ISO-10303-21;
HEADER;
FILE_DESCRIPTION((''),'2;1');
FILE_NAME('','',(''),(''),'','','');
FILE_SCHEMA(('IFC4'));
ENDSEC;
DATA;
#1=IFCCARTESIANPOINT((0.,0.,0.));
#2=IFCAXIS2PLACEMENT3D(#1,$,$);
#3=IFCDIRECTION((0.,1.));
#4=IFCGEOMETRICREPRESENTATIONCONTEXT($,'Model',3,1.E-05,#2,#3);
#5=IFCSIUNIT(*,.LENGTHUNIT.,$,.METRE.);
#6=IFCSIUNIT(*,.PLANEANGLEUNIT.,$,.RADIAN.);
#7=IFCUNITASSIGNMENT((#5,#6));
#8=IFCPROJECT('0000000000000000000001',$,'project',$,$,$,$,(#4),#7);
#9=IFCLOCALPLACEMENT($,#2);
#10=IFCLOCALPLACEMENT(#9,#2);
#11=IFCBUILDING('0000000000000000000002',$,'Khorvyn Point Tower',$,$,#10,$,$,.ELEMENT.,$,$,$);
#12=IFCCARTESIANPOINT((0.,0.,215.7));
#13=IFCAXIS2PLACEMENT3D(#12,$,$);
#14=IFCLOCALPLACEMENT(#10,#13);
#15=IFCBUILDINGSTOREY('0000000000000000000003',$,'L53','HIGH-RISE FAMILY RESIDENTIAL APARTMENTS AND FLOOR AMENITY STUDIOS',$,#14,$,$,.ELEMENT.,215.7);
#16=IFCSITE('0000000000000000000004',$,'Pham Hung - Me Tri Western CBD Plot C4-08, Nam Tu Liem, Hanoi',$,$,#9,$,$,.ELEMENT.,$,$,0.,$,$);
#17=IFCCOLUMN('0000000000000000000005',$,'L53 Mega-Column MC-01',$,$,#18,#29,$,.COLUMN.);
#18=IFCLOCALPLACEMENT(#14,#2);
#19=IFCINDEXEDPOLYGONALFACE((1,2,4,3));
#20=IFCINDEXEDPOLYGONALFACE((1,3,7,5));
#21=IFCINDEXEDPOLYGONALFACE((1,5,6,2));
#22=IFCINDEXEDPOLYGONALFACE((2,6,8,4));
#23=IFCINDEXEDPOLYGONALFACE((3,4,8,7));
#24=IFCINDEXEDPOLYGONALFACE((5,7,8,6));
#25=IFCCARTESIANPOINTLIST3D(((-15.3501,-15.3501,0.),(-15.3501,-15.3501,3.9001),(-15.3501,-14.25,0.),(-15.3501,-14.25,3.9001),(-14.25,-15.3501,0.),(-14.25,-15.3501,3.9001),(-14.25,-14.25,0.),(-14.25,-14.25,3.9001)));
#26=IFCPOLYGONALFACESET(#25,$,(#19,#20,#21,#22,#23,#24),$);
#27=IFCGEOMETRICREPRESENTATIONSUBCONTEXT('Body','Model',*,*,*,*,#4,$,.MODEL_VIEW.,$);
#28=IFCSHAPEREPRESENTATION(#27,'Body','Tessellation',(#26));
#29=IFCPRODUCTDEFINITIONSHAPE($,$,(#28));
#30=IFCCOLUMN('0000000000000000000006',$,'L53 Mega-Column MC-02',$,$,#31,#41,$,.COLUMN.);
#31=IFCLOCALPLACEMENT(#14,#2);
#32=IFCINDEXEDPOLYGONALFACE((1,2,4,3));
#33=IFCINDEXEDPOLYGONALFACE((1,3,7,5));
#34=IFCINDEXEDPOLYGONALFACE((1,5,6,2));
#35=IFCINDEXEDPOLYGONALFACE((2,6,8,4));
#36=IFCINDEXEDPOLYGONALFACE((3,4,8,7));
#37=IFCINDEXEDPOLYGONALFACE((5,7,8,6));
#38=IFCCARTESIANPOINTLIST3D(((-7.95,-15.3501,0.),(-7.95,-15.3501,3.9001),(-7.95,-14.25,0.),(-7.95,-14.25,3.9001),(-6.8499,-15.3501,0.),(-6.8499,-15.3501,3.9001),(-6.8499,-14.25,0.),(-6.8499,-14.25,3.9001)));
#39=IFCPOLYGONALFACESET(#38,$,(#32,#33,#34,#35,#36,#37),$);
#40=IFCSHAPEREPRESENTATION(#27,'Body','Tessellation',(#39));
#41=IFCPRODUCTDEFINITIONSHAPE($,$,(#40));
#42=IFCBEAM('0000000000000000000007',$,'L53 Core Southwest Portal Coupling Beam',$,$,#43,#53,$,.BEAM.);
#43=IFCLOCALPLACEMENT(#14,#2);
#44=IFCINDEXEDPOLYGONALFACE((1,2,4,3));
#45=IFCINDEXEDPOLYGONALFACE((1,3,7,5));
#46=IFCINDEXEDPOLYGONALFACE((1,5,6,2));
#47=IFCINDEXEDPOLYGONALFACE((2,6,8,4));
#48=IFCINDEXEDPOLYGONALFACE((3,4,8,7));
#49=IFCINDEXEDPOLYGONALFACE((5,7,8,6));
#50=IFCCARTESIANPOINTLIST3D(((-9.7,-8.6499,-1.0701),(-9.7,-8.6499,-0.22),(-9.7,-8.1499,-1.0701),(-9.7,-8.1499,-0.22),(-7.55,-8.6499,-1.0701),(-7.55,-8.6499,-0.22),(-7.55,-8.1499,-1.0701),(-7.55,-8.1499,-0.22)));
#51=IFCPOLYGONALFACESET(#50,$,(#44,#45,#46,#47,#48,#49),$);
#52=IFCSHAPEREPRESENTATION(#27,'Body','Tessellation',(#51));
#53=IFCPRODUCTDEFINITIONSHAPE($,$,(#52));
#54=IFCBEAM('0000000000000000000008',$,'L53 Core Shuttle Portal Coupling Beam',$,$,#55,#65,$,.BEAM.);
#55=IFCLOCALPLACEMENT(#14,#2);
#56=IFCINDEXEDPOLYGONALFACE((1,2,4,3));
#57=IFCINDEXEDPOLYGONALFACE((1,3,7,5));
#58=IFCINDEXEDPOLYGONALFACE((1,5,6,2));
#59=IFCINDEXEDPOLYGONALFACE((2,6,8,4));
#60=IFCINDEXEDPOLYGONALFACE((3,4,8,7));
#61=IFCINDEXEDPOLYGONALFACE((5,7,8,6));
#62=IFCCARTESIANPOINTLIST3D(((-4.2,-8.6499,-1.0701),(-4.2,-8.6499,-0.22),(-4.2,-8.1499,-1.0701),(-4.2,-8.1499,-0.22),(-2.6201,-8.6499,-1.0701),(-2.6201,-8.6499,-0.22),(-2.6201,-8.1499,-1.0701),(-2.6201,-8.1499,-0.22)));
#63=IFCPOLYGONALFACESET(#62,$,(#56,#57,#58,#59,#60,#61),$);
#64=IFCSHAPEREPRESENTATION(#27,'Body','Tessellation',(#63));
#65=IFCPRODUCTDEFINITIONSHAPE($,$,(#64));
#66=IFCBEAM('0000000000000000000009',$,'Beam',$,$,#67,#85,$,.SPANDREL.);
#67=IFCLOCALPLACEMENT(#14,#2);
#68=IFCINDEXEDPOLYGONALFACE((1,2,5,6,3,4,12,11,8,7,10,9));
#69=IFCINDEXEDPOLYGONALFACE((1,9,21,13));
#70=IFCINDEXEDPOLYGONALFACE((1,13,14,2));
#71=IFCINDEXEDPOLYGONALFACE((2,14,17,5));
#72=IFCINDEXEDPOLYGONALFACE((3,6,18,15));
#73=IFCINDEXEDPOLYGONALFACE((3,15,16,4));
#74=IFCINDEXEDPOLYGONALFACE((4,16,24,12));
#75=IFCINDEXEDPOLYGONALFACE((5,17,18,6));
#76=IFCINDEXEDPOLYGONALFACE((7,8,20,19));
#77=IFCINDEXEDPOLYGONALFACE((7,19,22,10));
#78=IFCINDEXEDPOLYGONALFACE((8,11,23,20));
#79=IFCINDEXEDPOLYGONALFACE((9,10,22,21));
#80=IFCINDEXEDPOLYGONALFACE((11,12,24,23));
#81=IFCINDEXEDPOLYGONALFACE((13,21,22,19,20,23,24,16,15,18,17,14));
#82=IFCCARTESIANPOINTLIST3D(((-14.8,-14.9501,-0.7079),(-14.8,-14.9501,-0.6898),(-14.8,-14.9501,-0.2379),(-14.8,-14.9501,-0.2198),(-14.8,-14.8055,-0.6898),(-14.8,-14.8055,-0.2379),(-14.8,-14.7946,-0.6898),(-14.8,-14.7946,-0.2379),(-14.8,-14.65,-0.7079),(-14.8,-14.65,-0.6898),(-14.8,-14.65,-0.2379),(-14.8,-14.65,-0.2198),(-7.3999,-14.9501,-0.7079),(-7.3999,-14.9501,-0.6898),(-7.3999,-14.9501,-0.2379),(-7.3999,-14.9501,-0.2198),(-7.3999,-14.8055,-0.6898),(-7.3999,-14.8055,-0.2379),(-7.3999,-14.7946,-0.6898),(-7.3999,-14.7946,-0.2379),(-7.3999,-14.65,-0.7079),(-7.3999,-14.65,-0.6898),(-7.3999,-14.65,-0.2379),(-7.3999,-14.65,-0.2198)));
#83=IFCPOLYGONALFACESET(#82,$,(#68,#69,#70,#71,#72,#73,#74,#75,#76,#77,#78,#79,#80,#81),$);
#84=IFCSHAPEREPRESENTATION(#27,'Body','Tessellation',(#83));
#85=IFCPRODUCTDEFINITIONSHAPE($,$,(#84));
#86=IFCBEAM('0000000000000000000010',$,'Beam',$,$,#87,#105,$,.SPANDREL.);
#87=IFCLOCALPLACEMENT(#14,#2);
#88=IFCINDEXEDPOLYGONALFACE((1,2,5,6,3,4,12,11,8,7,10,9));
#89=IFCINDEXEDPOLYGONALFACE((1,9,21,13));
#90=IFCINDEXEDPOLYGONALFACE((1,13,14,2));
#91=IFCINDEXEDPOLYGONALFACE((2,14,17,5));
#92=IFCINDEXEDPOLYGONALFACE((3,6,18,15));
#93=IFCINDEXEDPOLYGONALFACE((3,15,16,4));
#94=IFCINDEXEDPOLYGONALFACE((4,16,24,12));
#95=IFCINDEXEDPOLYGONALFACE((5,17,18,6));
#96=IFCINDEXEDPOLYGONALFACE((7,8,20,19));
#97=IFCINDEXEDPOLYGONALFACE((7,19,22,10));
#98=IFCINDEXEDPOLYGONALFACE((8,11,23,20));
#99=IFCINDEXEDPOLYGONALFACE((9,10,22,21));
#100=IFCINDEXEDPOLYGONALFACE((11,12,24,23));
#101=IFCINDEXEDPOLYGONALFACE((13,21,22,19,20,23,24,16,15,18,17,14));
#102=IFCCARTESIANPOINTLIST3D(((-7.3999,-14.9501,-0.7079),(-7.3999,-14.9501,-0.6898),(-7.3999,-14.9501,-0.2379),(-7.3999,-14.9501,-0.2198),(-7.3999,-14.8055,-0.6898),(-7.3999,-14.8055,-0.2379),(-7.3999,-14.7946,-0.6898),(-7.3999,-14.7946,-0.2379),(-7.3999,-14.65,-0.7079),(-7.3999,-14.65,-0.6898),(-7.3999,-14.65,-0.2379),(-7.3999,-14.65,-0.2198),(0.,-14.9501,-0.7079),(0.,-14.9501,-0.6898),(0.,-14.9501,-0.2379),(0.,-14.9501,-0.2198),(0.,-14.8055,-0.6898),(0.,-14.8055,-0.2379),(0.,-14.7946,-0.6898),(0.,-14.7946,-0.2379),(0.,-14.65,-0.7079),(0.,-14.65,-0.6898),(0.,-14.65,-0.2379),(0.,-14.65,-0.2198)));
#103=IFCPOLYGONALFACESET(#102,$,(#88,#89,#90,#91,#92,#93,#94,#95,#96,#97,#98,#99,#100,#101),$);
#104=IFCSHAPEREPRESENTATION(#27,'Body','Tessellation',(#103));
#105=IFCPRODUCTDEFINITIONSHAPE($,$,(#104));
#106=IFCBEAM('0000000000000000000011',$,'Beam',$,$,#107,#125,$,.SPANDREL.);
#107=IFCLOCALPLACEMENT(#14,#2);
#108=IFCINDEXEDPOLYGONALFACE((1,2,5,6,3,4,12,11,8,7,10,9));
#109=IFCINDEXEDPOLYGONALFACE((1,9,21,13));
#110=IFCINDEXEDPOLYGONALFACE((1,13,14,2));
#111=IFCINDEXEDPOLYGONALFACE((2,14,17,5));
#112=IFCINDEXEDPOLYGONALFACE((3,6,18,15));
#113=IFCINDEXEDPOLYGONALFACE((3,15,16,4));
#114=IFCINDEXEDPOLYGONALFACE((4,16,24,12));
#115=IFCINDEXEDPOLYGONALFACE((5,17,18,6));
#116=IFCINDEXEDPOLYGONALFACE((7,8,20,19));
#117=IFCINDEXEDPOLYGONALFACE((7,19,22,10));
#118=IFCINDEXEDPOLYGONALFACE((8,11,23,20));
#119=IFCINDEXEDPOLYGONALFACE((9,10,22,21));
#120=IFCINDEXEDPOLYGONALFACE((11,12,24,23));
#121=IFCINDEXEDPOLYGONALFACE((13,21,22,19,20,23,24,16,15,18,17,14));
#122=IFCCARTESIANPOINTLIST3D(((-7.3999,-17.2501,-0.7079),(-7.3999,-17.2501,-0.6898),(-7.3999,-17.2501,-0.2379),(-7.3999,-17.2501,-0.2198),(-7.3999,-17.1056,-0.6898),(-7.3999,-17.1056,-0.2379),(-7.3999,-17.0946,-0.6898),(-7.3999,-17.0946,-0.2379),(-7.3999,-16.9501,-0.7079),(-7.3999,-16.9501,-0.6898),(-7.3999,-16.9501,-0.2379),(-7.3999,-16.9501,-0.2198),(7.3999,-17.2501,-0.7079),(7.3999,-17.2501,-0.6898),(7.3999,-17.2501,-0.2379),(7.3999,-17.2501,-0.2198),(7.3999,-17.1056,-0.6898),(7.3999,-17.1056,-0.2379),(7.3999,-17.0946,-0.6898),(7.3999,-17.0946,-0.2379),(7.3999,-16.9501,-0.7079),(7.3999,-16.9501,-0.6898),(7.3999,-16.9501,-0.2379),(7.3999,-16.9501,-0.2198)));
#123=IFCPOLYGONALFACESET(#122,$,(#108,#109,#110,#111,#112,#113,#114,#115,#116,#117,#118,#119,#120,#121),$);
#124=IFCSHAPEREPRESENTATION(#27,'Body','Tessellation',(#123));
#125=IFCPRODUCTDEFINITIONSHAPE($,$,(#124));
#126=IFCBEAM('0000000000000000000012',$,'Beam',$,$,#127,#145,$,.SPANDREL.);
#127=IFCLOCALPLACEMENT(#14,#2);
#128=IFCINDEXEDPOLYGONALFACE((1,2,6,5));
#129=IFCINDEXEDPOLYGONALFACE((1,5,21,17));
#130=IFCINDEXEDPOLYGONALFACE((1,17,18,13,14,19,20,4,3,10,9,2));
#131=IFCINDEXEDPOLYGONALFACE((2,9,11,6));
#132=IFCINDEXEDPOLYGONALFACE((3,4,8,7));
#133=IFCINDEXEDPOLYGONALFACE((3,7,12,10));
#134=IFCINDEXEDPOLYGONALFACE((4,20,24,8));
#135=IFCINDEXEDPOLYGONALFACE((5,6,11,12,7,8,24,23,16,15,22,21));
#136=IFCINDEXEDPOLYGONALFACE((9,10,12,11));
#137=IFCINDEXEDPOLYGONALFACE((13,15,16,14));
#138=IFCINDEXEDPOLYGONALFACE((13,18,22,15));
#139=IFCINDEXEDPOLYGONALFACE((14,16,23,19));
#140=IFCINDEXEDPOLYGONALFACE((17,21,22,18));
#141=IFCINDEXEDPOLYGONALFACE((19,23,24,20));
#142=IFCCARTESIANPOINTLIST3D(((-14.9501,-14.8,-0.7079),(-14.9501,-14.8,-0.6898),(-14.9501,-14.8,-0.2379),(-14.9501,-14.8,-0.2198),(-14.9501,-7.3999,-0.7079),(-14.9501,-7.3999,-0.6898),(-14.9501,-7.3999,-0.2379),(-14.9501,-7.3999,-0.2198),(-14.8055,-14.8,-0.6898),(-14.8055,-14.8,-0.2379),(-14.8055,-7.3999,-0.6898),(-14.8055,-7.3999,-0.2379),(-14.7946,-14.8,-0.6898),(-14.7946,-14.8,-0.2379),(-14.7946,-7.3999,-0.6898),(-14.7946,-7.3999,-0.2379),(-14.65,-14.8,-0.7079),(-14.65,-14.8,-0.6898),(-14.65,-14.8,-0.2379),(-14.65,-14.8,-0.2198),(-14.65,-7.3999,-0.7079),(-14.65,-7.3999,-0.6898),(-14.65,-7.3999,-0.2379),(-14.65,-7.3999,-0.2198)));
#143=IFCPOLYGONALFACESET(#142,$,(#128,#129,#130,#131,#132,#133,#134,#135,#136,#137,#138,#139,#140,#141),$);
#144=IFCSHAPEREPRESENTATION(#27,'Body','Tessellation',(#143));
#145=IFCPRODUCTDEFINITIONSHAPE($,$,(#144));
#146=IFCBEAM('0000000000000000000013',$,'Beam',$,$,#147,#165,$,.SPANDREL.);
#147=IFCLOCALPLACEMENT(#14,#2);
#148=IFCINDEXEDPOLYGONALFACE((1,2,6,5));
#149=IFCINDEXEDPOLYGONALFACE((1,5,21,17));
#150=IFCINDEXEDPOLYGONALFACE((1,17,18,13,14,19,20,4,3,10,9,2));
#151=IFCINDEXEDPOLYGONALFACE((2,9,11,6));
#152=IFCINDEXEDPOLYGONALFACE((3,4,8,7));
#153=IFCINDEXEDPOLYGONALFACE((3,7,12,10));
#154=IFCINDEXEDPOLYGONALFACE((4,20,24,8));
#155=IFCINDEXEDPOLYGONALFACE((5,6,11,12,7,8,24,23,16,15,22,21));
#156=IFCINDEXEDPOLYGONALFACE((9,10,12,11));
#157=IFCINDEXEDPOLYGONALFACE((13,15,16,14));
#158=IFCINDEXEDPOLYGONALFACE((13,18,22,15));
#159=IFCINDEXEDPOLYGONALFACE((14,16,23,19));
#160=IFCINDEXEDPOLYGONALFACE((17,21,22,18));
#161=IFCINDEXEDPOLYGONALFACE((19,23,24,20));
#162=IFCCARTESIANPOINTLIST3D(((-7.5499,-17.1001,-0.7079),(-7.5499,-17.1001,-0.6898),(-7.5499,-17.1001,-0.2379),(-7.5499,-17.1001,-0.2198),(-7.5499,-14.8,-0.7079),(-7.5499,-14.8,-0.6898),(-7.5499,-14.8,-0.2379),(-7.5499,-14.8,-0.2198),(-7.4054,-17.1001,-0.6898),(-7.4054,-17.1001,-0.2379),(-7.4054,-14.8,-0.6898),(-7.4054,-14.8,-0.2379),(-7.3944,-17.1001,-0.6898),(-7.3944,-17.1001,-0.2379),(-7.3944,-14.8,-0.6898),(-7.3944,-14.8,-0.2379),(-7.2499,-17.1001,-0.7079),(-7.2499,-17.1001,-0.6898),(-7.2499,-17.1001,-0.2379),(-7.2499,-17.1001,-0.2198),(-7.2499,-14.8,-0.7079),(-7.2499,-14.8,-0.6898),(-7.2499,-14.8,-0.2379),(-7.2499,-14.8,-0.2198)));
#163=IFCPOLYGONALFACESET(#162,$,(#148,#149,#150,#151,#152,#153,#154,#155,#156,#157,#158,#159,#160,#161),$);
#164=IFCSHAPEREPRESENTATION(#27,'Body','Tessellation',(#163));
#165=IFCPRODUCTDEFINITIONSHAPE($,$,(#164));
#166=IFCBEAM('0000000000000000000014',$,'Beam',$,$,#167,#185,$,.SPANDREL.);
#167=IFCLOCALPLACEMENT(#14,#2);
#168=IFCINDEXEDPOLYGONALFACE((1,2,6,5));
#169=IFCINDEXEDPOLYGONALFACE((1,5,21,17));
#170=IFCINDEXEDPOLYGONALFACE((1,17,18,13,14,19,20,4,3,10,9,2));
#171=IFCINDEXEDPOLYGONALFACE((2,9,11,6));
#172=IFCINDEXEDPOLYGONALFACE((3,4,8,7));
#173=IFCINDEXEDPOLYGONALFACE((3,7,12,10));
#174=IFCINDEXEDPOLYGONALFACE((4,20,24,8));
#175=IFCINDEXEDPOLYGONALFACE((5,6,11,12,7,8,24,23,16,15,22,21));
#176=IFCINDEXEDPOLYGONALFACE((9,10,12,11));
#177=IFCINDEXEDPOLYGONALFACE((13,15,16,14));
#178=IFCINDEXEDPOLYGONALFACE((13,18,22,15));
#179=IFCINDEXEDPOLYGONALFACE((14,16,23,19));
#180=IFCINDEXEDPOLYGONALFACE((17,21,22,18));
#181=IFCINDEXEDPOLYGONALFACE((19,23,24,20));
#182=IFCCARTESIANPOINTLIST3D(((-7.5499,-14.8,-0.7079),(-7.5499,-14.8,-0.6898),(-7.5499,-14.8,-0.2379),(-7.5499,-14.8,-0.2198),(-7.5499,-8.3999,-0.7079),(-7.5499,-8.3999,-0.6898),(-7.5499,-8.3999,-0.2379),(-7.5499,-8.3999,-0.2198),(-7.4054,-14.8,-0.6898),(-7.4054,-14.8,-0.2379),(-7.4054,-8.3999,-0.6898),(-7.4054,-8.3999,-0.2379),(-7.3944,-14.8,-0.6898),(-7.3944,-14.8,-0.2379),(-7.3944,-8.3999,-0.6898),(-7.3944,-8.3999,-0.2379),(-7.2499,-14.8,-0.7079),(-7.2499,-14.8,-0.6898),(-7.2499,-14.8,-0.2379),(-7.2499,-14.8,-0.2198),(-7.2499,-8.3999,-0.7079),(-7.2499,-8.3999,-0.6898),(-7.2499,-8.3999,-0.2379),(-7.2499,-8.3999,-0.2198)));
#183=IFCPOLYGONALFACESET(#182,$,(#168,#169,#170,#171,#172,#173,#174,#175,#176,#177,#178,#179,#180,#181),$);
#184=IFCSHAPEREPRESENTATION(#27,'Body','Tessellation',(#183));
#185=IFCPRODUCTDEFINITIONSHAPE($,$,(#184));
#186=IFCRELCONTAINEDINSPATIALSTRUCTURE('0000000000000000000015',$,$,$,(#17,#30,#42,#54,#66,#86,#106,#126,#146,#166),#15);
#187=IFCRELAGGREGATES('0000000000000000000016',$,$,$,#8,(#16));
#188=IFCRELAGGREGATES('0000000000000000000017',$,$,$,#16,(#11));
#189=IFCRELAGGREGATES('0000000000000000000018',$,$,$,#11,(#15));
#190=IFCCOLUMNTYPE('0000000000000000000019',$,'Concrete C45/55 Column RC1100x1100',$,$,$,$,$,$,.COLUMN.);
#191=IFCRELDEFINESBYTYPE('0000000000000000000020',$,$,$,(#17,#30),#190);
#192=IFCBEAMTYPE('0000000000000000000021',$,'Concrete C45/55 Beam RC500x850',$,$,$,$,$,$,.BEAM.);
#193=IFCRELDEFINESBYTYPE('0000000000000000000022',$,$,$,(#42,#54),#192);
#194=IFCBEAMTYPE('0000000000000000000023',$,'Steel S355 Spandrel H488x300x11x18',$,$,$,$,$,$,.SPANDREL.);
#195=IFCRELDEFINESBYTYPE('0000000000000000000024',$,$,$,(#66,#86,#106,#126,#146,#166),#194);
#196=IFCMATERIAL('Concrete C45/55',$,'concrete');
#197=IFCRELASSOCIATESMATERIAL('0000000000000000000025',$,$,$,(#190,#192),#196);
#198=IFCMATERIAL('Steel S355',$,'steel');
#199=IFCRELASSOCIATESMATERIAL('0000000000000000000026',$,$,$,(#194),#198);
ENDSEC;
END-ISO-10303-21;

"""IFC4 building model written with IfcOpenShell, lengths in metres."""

from ifc_helpers import new_model, si_unit, direction, frame, origin, origin_2d, place, context, subcontext, project, spatial, rectangle, i_section, extrude, material, material_profile, profile_set, type_object, element, save


model = new_model("IFC4")

# Units and contexts
model_context = context("Model", 3, precision=1e-05, world=origin(), true_north=direction((0.0, 1.0)))
body_context = subcontext(model_context, "Body", "Model", "MODEL_VIEW")
ifc_project = project(units=[si_unit("LENGTHUNIT", "METRE"), si_unit("PLANEANGLEUNIT", "RADIAN")], contexts=[model_context])

# Site, building, storey
site_placement = place(None, origin())
site = spatial("IfcSite", under=ifc_project, at=site_placement, Name="Pham Hung - Me Tri Western CBD Plot C4-08, Nam Tu Liem, Hanoi", CompositionType="ELEMENT", RefElevation=0.0)
building_placement = place(site_placement, origin())
building = spatial("IfcBuilding", under=site, at=building_placement, Name="Khorvyn Point Tower", CompositionType="ELEMENT")
storey_placement = place(building_placement, frame((0.0, 0.0, 215.7)))
storey = spatial("IfcBuildingStorey", under=building, at=storey_placement, Name="L53", Description="HIGH-RISE FAMILY RESIDENTIAL APARTMENTS AND FLOOR AMENITY STUDIOS", CompositionType="ELEMENT", Elevation=215.7)

# Columns
ifc_material_1 = material(Name="Concrete C45/55", Category="concrete")
ifc_material_profile_1 = material_profile(ifc_material_1, rectangle(XDim=1.1001, YDim=1.1001, at=origin_2d()))
ifc_profile_set_1 = profile_set([ifc_material_profile_1], Name="Concrete C45/55 RC1100x1100")
column_type = type_object("IfcColumnType", Name="Concrete C45/55 Column RC1100x1100", PredefinedType="COLUMN", material=ifc_profile_set_1)
for number, where, z_axis, x_axis, name in (
    (1, (-14.8, -14.8, 0.0), (0.0, 0.0, 1.0), (1.0, 0.0, 0.0), "L53 Mega-Column MC-01"),
    (2, (-7.3999, -14.8, 0.0), (0.0, 0.0, 1.0), (1.0, 0.0, 0.0), "L53 Mega-Column MC-02"),
):
    element("IfcColumn", number, at=place(storey_placement, frame(where, z_axis=z_axis, x_axis=x_axis)), inside=storey, type_object=column_type, Name=name, PredefinedType="COLUMN", context=body_context, shape_type="SweptSolid", body=[
        extrude(rectangle(XDim=1.1001, YDim=1.1001, at=origin_2d()), origin(), (0.0, 0.0, 1.0), 3.9001),
    ])

# Beams
ifc_material_profile_2 = material_profile(ifc_material_1, rectangle(XDim=0.5, YDim=0.8501, at=origin_2d()))
ifc_profile_set_2 = profile_set([ifc_material_profile_2], Name="Concrete C45/55 RC500x850")
beam_type_1 = type_object("IfcBeamType", Name="Concrete C45/55 Beam RC500x850", PredefinedType="BEAM", material=ifc_profile_set_2)
beam_1_placement = place(storey_placement, frame((-9.7, -8.3999, -0.645), z_axis=(1.0, 0.0, 0.0), x_axis=(0.0, 1.0, 0.0)))
element("IfcBeam", 3, at=beam_1_placement, inside=storey, type_object=beam_type_1, Name="L53 Core Southwest Portal Coupling Beam", PredefinedType="BEAM", context=body_context, shape_type="SweptSolid", body=[
    extrude(rectangle(XDim=0.5, YDim=0.8501, at=origin_2d()), origin(), (0.0, 0.0, 1.0), 2.1499),
])
beam_2_placement = place(storey_placement, frame((-4.2, -8.3999, -0.645), z_axis=(1.0, 0.0, 0.0), x_axis=(0.0, 1.0, 0.0)))
element("IfcBeam", 4, at=beam_2_placement, inside=storey, type_object=beam_type_1, Name="L53 Core Shuttle Portal Coupling Beam", PredefinedType="BEAM", context=body_context, shape_type="SweptSolid", body=[
    extrude(rectangle(XDim=0.5, YDim=0.8501, at=origin_2d()), origin(), (0.0, 0.0, 1.0), 1.5798),
])
ifc_material_2 = material(Name="Steel S355", Category="steel")
ifc_material_profile_3 = material_profile(ifc_material_2, i_section(OverallWidth=0.3, OverallDepth=0.488, WebThickness=0.011, FlangeThickness=0.0181, at=origin_2d()))
ifc_profile_set_3 = profile_set([ifc_material_profile_3], Name="Steel S355 H488x300x11x18")
beam_type_2 = type_object("IfcBeamType", Name="Steel S355 Spandrel H488x300x11x18", PredefinedType="SPANDREL", material=ifc_profile_set_3)
beam_3_placement = place(storey_placement, frame((-14.8, -14.8, -0.4639), z_axis=(1.0, 0.0, 0.0), x_axis=(0.0, 1.0, 0.0)))
element("IfcBeam", 5, at=beam_3_placement, inside=storey, type_object=beam_type_2, Name="Beam", PredefinedType="SPANDREL", context=body_context, shape_type="SweptSolid", body=[
    extrude(i_section(OverallWidth=0.3, OverallDepth=0.488, WebThickness=0.011, FlangeThickness=0.0181, at=origin_2d()), origin(), (0.0, 0.0, 1.0), 7.4001),
])
beam_4_placement = place(storey_placement, frame((-7.3999, -14.8, -0.4639), z_axis=(1.0, 0.0, 0.0), x_axis=(0.0, 1.0, 0.0)))
element("IfcBeam", 6, at=beam_4_placement, inside=storey, type_object=beam_type_2, Name="Beam", PredefinedType="SPANDREL", context=body_context, shape_type="SweptSolid", body=[
    extrude(i_section(OverallWidth=0.3, OverallDepth=0.488, WebThickness=0.011, FlangeThickness=0.0181, at=origin_2d()), origin(), (0.0, 0.0, 1.0), 7.3999),
])
beam_5_placement = place(storey_placement, frame((-7.3999, -17.1001, -0.4639), z_axis=(1.0, 0.0, 0.0), x_axis=(0.0, 1.0, 0.0)))
element("IfcBeam", 7, at=beam_5_placement, inside=storey, type_object=beam_type_2, Name="Beam", PredefinedType="SPANDREL", context=body_context, shape_type="SweptSolid", body=[
    extrude(i_section(OverallWidth=0.3, OverallDepth=0.488, WebThickness=0.011, FlangeThickness=0.0181, at=origin_2d()), origin(), (0.0, 0.0, 1.0), 14.7998),
])
beam_6_placement = place(storey_placement, frame((-14.8, -14.8, -0.4639), z_axis=(0.0, 1.0, 0.0), x_axis=(-1.0, 0.0, 0.0)))
element("IfcBeam", 8, at=beam_6_placement, inside=storey, type_object=beam_type_2, Name="Beam", PredefinedType="SPANDREL", context=body_context, shape_type="SweptSolid", body=[
    extrude(i_section(OverallWidth=0.3, OverallDepth=0.488, WebThickness=0.011, FlangeThickness=0.0181, at=origin_2d()), origin(), (0.0, 0.0, 1.0), 7.4001),
])
beam_7_placement = place(storey_placement, frame((-7.3999, -17.1001, -0.4639), z_axis=(0.0, 1.0, 0.0), x_axis=(-1.0, 0.0, 0.0)))
element("IfcBeam", 9, at=beam_7_placement, inside=storey, type_object=beam_type_2, Name="Beam", PredefinedType="SPANDREL", context=body_context, shape_type="SweptSolid", body=[
    extrude(i_section(OverallWidth=0.3, OverallDepth=0.488, WebThickness=0.011, FlangeThickness=0.0181, at=origin_2d()), origin(), (0.0, 0.0, 1.0), 2.3),
])
beam_8_placement = place(storey_placement, frame((-7.3999, -14.8, -0.4639), z_axis=(0.0, 1.0, 0.0), x_axis=(-1.0, 0.0, 0.0)))
element("IfcBeam", 10, at=beam_8_placement, inside=storey, type_object=beam_type_2, Name="Beam", PredefinedType="SPANDREL", context=body_context, shape_type="SweptSolid", body=[
    extrude(i_section(OverallWidth=0.3, OverallDepth=0.488, WebThickness=0.011, FlangeThickness=0.0181, at=origin_2d()), origin(), (0.0, 0.0, 1.0), 6.4001),
])

save(model, "model.ifc")
